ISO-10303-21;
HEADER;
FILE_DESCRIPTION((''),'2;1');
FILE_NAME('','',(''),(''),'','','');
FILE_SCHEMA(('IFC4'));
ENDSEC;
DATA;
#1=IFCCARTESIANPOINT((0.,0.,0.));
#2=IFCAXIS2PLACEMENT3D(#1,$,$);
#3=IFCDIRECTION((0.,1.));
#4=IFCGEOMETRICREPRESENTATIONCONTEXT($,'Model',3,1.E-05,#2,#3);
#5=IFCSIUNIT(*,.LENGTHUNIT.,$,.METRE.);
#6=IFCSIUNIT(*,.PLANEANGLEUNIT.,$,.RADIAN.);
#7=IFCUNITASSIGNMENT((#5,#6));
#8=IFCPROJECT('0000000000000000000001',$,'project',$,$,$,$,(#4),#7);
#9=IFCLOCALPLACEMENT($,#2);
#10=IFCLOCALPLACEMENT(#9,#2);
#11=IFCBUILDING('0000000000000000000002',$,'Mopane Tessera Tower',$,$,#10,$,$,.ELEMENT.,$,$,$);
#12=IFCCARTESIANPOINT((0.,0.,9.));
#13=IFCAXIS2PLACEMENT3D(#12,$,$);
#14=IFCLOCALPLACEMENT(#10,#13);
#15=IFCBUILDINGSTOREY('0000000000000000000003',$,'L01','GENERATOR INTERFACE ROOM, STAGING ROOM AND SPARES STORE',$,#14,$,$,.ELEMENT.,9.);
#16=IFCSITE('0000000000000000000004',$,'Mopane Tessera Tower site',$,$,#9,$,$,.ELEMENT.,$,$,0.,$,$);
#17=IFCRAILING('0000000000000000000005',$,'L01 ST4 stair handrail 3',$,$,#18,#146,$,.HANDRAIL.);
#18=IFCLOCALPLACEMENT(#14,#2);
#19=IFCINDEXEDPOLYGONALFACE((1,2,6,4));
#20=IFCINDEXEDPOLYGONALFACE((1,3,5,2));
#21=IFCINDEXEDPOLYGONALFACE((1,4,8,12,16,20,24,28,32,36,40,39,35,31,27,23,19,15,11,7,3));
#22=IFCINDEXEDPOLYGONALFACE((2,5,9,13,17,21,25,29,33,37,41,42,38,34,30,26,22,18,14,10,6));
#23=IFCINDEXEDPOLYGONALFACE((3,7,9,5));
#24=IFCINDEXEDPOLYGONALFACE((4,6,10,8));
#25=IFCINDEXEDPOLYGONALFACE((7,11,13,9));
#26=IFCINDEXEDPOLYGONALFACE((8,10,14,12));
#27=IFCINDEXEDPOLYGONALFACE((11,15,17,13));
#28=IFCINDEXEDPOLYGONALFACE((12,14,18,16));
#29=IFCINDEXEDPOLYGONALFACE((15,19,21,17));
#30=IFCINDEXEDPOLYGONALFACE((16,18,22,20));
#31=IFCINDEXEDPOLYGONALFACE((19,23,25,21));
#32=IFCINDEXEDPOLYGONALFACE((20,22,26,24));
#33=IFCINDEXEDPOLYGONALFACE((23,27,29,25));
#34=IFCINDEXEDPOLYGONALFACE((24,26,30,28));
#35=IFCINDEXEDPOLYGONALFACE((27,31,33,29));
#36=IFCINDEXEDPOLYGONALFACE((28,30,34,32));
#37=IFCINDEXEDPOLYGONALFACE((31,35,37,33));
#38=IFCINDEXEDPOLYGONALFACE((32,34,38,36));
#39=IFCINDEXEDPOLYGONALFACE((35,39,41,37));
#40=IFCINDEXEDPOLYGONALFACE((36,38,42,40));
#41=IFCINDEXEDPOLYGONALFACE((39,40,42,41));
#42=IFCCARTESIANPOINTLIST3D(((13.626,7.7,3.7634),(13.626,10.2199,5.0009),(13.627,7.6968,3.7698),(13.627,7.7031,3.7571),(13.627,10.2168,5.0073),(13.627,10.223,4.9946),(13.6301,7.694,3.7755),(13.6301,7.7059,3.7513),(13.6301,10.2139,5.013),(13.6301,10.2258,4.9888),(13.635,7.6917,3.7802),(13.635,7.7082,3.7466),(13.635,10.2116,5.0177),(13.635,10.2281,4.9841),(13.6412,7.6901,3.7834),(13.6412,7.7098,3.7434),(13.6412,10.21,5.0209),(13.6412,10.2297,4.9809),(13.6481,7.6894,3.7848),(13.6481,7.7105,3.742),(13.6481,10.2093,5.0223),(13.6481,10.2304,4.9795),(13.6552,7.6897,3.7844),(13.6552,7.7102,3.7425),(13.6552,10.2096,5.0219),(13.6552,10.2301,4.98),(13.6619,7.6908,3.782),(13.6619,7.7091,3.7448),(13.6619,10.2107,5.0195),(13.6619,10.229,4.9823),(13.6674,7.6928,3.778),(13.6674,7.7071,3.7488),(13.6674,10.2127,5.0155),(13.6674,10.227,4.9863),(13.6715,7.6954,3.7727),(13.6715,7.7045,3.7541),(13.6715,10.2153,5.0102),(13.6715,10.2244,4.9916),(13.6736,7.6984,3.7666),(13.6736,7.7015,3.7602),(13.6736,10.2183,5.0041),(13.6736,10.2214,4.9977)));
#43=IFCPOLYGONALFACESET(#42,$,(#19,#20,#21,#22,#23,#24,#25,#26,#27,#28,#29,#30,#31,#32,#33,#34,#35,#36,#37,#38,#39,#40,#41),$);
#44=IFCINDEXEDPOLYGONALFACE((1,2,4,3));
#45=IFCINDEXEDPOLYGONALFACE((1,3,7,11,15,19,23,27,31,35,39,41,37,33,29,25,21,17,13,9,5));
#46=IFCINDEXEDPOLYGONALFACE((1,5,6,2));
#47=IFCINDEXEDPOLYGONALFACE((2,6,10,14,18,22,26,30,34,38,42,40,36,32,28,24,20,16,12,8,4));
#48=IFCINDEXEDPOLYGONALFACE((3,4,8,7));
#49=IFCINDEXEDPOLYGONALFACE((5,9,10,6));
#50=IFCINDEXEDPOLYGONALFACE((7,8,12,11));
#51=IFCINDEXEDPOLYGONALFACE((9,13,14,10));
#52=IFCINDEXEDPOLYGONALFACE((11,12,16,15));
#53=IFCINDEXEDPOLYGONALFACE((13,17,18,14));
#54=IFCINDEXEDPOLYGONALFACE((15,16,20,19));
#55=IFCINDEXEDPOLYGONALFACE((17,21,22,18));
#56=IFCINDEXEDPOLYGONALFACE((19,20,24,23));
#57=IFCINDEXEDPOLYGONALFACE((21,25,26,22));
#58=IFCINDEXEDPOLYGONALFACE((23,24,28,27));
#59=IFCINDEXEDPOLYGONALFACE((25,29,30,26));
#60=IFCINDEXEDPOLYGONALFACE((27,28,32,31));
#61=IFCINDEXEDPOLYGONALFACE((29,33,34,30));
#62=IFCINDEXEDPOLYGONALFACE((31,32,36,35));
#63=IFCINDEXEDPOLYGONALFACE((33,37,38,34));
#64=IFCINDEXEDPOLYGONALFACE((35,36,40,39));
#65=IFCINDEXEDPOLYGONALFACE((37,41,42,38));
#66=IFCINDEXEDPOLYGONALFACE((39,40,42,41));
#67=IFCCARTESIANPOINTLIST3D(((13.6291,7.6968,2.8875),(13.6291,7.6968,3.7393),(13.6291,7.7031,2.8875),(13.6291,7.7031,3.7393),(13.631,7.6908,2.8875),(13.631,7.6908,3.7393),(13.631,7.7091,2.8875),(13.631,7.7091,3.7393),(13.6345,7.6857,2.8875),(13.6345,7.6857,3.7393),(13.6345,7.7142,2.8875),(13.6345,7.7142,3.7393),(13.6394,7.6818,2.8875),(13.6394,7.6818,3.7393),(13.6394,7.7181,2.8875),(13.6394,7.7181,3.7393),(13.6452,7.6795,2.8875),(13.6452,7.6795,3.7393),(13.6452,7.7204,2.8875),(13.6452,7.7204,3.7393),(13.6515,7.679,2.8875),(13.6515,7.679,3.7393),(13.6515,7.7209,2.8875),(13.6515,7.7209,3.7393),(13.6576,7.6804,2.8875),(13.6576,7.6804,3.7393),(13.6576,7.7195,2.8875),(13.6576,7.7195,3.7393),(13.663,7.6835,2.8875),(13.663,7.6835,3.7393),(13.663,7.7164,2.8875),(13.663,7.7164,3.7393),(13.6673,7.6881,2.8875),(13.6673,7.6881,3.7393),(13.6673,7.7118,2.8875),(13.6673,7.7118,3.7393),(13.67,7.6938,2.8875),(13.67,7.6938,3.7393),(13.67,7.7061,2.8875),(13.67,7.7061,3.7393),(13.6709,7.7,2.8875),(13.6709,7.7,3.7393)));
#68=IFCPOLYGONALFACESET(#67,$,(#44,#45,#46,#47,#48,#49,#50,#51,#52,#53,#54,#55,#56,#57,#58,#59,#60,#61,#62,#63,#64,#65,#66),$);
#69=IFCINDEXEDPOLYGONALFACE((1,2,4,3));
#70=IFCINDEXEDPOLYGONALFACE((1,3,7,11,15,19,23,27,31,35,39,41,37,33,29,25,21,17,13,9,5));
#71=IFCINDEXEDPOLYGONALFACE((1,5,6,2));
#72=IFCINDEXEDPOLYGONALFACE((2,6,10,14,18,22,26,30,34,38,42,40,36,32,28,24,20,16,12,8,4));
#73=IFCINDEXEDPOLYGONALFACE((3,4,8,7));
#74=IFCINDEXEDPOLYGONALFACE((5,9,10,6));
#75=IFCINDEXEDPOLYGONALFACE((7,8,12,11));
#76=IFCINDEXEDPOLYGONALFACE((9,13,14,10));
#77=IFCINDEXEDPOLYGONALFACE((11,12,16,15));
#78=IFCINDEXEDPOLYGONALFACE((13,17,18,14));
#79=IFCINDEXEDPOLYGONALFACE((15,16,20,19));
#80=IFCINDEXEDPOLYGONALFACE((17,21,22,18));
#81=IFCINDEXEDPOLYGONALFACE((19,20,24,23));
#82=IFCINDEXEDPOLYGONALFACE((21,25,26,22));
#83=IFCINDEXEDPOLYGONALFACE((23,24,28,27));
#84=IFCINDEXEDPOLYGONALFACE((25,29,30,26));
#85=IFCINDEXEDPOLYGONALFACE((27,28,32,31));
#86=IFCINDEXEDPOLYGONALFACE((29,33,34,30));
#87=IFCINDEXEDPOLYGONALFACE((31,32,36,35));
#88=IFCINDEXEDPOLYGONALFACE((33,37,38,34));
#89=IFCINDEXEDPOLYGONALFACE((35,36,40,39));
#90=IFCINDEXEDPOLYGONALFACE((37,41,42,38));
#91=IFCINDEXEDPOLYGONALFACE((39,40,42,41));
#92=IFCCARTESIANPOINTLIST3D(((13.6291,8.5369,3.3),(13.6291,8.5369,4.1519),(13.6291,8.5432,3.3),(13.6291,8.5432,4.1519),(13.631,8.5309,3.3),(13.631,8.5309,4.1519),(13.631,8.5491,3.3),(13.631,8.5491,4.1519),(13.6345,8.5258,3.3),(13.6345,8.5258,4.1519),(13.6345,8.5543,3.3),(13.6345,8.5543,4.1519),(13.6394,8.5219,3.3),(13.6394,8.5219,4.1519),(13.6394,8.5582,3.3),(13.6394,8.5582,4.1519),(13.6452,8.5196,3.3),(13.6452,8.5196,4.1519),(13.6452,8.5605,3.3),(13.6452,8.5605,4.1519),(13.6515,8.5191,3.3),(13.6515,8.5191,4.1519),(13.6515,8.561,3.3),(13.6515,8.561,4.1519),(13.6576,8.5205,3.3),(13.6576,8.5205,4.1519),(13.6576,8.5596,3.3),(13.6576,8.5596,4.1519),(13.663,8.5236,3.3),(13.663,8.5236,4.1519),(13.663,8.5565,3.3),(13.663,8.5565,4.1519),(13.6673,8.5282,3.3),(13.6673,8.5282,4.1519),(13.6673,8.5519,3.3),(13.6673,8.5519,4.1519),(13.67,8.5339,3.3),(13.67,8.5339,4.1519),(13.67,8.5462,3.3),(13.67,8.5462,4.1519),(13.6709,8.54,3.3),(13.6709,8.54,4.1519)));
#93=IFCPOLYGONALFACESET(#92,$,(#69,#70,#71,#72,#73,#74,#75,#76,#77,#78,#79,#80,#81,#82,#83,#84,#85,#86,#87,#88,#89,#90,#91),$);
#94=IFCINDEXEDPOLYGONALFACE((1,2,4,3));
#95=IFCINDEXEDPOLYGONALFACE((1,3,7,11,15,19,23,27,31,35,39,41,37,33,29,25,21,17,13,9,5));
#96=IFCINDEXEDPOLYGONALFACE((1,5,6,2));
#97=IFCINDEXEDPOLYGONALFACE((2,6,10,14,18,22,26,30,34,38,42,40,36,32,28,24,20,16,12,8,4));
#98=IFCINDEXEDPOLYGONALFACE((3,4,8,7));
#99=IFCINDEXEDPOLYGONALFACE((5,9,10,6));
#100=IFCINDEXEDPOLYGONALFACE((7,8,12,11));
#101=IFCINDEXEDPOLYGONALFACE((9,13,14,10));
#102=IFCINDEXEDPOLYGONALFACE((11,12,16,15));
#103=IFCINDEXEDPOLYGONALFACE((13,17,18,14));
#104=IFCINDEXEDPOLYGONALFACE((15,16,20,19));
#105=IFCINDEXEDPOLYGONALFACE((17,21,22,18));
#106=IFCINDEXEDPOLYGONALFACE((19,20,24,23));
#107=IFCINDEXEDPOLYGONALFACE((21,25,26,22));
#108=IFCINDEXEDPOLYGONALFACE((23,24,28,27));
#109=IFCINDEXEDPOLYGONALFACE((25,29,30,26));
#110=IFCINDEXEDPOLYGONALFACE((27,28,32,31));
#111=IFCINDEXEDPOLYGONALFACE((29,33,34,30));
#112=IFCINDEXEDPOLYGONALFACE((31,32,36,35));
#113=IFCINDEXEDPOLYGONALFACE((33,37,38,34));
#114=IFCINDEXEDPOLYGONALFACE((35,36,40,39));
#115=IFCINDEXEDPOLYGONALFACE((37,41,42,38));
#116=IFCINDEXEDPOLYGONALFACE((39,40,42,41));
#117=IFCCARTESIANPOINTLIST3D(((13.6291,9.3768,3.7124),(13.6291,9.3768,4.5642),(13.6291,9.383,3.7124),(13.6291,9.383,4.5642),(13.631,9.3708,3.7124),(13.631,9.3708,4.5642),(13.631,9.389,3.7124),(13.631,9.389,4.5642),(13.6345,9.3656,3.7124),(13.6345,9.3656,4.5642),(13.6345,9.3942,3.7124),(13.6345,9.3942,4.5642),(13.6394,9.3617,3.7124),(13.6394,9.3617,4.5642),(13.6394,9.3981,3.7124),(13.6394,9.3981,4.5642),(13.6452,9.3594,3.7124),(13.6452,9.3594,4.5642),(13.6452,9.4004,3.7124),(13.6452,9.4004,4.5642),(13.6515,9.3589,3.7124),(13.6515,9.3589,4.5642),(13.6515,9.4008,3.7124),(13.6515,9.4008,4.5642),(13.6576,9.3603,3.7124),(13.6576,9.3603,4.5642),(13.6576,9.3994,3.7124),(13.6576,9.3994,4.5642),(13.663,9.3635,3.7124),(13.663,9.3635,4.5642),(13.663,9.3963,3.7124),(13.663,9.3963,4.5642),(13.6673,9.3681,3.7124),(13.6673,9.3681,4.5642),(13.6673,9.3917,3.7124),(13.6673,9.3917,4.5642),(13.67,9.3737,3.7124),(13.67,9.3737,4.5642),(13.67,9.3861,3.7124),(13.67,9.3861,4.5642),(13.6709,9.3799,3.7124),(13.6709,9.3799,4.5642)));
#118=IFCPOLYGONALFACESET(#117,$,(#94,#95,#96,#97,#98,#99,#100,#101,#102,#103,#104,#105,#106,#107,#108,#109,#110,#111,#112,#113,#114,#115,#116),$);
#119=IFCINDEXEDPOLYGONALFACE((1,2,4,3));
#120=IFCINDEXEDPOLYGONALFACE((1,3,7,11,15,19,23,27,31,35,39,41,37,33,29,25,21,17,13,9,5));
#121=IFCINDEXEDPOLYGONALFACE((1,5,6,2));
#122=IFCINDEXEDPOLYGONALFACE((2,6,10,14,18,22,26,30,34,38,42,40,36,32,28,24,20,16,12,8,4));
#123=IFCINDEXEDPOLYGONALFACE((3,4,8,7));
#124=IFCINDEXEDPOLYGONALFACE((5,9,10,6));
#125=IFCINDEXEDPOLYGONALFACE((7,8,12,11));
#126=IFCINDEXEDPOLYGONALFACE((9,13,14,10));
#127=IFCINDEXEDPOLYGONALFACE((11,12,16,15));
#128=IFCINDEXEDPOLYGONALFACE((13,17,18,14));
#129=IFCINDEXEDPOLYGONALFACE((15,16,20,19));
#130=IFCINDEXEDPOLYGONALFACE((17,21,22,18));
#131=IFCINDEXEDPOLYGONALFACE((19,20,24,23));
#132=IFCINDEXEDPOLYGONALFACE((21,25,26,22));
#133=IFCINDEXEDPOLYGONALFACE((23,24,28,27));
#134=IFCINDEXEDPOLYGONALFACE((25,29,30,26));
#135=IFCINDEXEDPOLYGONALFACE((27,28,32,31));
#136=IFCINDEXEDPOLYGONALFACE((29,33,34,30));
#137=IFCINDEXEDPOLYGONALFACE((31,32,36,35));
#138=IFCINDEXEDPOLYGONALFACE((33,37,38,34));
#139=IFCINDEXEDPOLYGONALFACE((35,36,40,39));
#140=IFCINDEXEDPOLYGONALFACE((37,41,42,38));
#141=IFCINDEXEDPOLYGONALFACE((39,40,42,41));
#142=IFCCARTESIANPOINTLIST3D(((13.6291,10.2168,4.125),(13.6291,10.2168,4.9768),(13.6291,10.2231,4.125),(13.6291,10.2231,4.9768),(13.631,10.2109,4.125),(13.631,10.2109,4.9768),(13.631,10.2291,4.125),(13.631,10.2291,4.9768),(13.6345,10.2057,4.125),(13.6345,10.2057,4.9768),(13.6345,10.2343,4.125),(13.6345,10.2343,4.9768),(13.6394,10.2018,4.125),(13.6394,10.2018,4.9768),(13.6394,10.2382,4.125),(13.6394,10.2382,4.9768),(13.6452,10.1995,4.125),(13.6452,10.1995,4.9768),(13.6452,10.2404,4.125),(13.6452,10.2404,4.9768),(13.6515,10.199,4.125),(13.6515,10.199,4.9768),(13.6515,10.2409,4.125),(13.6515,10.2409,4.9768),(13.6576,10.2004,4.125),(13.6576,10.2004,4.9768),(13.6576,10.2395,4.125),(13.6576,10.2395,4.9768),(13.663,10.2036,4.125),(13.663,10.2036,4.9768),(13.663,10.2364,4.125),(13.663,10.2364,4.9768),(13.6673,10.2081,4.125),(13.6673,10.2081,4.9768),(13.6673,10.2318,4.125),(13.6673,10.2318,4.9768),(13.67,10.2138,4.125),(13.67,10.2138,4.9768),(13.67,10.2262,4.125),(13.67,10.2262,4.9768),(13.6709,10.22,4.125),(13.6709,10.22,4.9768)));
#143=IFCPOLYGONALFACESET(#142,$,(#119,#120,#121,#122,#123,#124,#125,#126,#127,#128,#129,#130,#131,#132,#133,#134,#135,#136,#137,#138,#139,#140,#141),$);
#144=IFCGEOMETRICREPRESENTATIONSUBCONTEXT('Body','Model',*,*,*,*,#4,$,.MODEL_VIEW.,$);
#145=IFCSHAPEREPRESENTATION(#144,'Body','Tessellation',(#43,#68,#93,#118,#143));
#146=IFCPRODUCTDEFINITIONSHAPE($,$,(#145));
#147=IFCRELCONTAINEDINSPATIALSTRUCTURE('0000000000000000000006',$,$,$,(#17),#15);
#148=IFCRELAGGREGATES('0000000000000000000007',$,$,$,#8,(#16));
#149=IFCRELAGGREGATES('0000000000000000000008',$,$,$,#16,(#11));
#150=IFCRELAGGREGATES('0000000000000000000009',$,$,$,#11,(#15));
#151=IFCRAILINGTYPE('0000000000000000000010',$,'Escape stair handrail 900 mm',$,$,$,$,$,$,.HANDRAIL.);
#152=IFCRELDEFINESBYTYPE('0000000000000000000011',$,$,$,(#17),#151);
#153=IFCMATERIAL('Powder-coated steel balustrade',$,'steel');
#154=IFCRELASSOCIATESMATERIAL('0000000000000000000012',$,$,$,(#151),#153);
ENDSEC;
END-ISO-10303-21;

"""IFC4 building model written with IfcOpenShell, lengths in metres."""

from ifc_helpers import new_model, si_unit, direction, frame, origin, origin_2d, place, context, subcontext, project, spatial, circle, extrude, material, type_object, element, save


model = new_model("IFC4")

# Units and contexts
model_context = context("Model", 3, precision=1e-05, world=origin(), true_north=direction((0.0, 1.0)))
body_context = subcontext(model_context, "Body", "Model", "MODEL_VIEW")
ifc_project = project(units=[si_unit("LENGTHUNIT", "METRE"), si_unit("PLANEANGLEUNIT", "RADIAN")], contexts=[model_context])

# Site, building, storey
site_placement = place(None, origin())
site = spatial("IfcSite", under=ifc_project, at=site_placement, Name="Mopane Tessera Tower site", CompositionType="ELEMENT", RefElevation=0.0)
building_placement = place(site_placement, origin())
building = spatial("IfcBuilding", under=site, at=building_placement, Name="Mopane Tessera Tower", CompositionType="ELEMENT")
storey_placement = place(building_placement, frame((0.0, 0.0, 9.0)))
storey = spatial("IfcBuildingStorey", under=building, at=storey_placement, Name="L01", Description="GENERATOR INTERFACE ROOM, STAGING ROOM AND SPARES STORE", CompositionType="ELEMENT", Elevation=9.0)

# Railing
ifc_material_1 = material(Name="Powder-coated steel balustrade", Category="steel")
railing_type_1 = type_object("IfcRailingType", Name="Escape stair handrail 900 mm", PredefinedType="HANDRAIL", material=ifc_material_1)
for number, where, name in (
    (1, (13.6499, 7.7, 2.8875), "L01 ST4 stair handrail 3"),
):
    element("IfcRailing", number, at=place(storey_placement, frame(where)), inside=storey, type_object=railing_type_1, Name=name, PredefinedType="HANDRAIL", context=body_context, shape_type="SweptSolid", body=[
        extrude(circle(Radius=0.0239, at=origin_2d()), frame((0.0, 0.0, 0.876), z_axis=(0.0, 0.897604, 0.440802), x_axis=(-1.0, 0.0, 0.0)), (0.0, 0.0, 1.0), 2.8074),
        extrude(circle(Radius=0.021, at=origin_2d()), origin(), (0.0, 0.0, 1.0), 0.8518),
        extrude(circle(Radius=0.021, at=origin_2d()), frame((0.0, 0.8401, 0.4126)), (0.0, 0.0, 1.0), 0.8518),
        extrude(circle(Radius=0.021, at=origin_2d()), frame((0.0, 1.6799, 0.825)), (0.0, 0.0, 1.0), 0.8518),
        extrude(circle(Radius=0.021, at=origin_2d()), frame((0.0, 2.52, 1.2375)), (0.0, 0.0, 1.0), 0.8518),
    ])

save(model, "model.ifc")
